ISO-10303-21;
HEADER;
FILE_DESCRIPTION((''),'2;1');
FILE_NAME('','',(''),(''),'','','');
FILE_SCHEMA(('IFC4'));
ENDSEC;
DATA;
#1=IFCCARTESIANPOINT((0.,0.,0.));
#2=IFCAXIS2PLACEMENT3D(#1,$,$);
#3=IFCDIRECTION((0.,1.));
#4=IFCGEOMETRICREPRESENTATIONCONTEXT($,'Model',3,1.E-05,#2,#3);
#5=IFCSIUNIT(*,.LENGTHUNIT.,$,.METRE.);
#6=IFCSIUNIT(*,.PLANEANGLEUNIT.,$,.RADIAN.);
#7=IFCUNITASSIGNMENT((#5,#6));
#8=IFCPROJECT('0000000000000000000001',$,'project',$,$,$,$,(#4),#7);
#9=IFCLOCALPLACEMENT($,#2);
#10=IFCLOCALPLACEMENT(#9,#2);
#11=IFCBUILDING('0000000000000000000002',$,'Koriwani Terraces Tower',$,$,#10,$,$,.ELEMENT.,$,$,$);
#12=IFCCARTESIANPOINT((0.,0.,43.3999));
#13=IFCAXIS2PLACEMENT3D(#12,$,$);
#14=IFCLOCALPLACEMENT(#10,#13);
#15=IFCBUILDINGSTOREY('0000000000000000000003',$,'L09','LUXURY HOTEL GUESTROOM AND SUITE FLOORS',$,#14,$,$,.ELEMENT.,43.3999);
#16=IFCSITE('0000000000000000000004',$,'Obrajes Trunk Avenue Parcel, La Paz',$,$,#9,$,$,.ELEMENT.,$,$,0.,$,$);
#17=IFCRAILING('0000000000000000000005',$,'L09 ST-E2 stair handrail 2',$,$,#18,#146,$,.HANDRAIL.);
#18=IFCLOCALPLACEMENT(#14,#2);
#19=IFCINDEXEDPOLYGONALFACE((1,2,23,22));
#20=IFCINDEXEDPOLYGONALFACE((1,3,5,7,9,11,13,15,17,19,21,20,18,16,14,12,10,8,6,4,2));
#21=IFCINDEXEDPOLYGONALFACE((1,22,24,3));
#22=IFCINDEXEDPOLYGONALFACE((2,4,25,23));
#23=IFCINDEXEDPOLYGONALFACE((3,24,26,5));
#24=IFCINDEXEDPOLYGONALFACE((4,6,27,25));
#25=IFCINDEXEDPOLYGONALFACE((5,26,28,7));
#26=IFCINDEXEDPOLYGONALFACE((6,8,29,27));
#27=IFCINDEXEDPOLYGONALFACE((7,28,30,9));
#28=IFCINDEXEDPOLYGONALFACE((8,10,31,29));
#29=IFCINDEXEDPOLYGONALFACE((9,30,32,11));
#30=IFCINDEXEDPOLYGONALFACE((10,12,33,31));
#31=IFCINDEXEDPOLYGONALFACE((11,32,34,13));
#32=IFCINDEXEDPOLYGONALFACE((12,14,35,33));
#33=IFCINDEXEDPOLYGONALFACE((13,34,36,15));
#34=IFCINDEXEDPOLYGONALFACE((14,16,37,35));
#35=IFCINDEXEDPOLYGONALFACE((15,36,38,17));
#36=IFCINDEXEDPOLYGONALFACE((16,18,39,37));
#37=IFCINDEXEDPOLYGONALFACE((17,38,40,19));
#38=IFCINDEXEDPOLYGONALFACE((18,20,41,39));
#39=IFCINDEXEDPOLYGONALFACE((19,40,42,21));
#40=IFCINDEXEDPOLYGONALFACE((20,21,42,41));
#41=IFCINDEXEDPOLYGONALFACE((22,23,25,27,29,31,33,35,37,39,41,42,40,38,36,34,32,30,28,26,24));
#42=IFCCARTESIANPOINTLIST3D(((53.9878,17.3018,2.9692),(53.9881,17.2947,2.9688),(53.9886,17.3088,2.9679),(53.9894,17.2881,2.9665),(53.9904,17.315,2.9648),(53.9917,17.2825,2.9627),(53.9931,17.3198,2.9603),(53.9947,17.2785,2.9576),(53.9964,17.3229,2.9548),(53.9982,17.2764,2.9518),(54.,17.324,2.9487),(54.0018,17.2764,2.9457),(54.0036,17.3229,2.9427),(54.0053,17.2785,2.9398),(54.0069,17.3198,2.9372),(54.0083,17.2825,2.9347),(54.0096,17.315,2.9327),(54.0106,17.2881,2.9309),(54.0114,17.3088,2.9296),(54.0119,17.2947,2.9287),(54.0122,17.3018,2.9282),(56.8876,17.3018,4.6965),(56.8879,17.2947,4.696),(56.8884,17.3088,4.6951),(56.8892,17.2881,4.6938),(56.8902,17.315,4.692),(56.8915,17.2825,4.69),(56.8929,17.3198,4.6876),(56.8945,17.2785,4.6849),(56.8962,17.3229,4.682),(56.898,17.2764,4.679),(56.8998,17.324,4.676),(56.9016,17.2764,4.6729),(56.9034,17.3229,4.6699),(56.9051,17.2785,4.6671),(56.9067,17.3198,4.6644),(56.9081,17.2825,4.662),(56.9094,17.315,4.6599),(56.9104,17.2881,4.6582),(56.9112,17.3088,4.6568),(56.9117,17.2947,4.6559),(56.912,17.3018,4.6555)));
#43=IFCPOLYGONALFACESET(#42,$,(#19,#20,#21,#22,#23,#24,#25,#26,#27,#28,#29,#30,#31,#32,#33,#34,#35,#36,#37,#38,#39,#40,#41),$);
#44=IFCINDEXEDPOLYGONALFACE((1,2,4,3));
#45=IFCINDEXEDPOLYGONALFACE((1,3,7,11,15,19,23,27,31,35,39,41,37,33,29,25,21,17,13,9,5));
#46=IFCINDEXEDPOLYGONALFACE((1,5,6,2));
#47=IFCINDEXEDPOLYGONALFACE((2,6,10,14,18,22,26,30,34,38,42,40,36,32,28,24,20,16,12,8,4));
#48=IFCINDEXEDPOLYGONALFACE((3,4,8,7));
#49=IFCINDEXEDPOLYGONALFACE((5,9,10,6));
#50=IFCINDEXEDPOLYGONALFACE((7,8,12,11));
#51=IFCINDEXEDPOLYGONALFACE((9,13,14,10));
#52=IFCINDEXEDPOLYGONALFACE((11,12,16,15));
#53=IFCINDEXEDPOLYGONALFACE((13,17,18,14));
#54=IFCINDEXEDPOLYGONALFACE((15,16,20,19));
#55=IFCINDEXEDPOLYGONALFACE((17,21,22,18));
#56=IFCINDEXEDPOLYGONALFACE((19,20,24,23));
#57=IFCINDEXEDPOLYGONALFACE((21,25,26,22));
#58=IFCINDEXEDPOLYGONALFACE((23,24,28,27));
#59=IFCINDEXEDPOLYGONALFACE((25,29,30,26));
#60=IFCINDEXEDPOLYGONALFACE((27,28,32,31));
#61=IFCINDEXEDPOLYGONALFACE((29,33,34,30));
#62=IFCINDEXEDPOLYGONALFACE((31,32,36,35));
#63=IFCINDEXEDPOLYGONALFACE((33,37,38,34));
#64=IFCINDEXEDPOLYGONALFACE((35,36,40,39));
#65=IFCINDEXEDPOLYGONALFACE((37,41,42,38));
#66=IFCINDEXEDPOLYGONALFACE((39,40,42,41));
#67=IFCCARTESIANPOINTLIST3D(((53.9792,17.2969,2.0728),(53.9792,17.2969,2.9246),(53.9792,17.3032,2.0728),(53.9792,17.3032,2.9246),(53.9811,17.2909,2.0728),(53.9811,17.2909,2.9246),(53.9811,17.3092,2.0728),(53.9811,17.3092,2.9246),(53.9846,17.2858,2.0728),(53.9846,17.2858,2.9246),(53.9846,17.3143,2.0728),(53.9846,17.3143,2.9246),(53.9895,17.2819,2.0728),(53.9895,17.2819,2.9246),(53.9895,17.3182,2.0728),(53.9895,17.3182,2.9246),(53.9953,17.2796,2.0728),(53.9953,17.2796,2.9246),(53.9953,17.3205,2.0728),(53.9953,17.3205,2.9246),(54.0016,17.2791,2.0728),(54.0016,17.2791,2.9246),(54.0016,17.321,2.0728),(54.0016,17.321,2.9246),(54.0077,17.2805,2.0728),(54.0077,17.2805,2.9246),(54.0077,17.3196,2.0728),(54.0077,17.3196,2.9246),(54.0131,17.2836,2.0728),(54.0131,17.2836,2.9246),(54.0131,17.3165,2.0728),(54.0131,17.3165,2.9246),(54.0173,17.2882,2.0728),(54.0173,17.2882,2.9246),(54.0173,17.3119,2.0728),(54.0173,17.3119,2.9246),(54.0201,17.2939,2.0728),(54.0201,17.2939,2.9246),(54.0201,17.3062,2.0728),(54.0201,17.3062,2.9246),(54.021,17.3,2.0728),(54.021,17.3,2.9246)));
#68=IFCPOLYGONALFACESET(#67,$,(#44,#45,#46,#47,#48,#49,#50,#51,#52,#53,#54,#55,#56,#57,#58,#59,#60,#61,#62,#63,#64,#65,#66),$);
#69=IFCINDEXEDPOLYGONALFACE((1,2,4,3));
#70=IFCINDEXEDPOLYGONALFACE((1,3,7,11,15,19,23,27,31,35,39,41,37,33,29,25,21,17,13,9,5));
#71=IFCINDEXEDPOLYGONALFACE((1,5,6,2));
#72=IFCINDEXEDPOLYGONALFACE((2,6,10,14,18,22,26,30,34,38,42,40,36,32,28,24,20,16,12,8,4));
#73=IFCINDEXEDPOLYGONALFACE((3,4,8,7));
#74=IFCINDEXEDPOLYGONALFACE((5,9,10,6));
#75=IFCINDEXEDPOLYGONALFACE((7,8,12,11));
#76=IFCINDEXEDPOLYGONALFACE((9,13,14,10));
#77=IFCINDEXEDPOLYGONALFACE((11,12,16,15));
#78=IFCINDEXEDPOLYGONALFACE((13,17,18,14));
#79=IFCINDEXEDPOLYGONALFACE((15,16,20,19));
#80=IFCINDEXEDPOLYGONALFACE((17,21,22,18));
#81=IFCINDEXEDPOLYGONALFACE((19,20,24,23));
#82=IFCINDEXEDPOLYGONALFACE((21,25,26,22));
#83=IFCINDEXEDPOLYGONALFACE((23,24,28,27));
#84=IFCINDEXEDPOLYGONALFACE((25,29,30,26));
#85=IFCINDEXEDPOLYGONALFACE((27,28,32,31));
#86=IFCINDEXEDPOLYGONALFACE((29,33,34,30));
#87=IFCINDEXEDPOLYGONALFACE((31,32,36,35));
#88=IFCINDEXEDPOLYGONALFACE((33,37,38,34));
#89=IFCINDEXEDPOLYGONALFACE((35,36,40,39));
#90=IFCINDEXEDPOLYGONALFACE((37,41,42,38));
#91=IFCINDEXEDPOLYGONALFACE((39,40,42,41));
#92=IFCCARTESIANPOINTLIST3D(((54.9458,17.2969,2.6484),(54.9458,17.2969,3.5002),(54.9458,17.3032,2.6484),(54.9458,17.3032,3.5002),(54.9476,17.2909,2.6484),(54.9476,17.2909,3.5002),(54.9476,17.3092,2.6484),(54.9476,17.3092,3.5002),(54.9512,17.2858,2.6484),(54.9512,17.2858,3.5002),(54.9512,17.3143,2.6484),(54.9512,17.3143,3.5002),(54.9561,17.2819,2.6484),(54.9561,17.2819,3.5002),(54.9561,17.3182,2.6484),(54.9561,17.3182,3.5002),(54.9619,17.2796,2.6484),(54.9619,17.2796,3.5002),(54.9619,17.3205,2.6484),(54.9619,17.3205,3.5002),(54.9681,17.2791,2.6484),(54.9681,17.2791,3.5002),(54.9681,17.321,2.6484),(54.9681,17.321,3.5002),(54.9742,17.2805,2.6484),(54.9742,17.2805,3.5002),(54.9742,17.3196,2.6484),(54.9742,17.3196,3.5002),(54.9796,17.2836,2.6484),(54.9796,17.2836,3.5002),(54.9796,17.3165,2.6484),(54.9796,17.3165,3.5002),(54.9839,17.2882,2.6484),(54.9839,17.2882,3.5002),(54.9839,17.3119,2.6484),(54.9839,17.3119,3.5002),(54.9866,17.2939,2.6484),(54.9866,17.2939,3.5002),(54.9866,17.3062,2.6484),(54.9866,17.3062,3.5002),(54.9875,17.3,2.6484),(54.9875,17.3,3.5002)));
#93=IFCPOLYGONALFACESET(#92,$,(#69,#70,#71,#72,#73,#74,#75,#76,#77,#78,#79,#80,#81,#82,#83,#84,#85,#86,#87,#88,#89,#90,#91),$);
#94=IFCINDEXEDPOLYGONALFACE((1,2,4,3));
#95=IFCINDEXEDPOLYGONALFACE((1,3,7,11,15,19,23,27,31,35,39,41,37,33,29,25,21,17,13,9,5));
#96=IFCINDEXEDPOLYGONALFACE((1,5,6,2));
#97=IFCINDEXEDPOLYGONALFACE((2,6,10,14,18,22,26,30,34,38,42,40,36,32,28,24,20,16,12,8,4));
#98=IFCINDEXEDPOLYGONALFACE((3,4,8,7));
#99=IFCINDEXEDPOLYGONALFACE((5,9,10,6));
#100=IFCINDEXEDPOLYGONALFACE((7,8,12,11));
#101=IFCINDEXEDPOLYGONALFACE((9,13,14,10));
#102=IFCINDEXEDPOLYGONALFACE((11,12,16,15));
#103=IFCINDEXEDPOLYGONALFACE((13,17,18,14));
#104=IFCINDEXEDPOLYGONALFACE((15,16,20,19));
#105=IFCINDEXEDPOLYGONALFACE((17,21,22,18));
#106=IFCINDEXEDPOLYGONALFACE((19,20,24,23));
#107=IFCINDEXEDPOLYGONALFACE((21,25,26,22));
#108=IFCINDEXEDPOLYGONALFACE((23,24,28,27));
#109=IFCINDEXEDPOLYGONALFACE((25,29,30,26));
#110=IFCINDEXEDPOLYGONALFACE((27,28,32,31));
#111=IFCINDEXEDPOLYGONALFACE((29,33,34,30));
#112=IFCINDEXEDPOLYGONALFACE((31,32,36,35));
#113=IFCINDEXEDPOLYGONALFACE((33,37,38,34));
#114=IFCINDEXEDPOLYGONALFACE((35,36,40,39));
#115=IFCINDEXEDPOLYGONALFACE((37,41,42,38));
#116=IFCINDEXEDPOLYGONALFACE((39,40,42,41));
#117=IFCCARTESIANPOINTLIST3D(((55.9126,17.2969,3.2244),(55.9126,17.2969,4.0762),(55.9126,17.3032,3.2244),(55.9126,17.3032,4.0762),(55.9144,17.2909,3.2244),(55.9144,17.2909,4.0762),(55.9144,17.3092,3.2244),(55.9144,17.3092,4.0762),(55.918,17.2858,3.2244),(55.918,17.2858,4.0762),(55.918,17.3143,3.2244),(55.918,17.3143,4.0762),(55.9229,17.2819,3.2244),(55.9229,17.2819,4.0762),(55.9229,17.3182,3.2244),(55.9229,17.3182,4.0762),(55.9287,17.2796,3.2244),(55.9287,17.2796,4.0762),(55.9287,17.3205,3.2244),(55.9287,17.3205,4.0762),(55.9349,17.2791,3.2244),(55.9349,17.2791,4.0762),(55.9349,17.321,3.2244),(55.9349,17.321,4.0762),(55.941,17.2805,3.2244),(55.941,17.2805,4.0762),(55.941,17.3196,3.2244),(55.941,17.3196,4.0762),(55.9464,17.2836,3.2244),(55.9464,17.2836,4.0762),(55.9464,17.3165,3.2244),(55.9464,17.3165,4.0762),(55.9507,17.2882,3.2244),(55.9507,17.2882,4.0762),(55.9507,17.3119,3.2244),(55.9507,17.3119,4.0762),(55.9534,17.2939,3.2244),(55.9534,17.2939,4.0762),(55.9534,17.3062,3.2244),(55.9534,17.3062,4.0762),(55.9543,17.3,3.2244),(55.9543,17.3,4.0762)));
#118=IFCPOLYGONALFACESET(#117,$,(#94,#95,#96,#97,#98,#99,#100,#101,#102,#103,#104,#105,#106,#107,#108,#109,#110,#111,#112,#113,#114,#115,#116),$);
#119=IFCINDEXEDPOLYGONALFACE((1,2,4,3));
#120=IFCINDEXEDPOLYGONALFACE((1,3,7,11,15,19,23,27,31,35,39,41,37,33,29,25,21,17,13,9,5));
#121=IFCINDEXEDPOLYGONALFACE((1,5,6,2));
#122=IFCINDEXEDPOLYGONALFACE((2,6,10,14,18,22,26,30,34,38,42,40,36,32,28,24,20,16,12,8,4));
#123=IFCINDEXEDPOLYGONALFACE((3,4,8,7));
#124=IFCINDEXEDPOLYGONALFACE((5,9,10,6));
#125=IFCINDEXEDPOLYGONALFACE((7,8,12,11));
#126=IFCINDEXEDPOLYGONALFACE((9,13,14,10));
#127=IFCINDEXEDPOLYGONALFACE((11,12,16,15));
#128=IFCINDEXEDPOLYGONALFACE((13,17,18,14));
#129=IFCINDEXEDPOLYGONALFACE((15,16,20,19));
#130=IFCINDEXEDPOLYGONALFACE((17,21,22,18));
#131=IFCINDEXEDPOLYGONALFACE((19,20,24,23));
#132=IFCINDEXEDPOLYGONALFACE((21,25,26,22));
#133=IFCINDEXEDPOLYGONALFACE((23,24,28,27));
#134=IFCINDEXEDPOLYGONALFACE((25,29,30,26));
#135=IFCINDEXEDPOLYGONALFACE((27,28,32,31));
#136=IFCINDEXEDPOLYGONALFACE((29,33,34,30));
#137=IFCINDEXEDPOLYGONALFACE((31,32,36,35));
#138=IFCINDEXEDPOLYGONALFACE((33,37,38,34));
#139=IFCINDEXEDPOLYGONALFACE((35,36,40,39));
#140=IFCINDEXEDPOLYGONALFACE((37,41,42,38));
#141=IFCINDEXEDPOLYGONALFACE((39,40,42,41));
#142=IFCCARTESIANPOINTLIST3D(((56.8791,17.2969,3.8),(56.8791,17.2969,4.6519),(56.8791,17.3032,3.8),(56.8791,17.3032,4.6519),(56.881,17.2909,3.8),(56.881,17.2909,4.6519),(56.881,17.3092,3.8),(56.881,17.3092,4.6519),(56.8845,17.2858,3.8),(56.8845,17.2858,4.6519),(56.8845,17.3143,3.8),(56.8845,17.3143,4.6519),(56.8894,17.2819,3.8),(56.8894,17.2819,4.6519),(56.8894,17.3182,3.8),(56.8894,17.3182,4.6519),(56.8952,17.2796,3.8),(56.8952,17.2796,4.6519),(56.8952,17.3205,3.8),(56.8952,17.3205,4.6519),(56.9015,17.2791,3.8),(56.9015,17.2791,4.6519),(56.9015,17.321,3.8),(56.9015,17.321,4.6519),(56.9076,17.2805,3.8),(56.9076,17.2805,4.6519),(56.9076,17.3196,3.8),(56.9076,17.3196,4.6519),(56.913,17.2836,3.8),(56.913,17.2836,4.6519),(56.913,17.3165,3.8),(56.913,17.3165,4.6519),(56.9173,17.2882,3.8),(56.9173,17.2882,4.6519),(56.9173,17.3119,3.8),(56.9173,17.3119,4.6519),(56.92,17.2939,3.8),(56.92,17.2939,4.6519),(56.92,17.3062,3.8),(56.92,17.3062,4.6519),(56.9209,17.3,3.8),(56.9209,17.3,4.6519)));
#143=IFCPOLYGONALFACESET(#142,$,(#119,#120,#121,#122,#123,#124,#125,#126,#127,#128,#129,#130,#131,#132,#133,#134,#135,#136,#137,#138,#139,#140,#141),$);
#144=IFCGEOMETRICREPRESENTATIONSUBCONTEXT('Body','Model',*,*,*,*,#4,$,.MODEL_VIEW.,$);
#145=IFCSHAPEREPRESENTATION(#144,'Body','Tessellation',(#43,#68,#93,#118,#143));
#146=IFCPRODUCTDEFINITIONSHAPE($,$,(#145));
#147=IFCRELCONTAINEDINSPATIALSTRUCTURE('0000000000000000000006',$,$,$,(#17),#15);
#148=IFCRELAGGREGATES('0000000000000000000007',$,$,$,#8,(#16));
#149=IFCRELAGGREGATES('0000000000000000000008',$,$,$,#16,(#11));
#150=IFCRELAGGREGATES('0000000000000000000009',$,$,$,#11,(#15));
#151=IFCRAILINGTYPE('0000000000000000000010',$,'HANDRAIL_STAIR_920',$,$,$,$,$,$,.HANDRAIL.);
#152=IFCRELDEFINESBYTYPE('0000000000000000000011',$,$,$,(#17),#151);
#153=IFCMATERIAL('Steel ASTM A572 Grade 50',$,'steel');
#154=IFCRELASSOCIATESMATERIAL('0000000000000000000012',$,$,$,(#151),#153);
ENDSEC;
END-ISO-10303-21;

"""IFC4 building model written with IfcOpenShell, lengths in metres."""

from ifc_helpers import new_model, si_unit, direction, frame, origin, origin_2d, place, context, subcontext, project, spatial, circle, extrude, material, type_object, element, save


model = new_model("IFC4")

# Units and contexts
model_context = context("Model", 3, precision=1e-05, world=origin(), true_north=direction((0.0, 1.0)))
body_context = subcontext(model_context, "Body", "Model", "MODEL_VIEW")
ifc_project = project(units=[si_unit("LENGTHUNIT", "METRE"), si_unit("PLANEANGLEUNIT", "RADIAN")], contexts=[model_context])

# Site, building, storey
site_placement = place(None, origin())
site = spatial("IfcSite", under=ifc_project, at=site_placement, Name="Obrajes Trunk Avenue Parcel, La Paz", CompositionType="ELEMENT", RefElevation=0.0)
building_placement = place(site_placement, origin())
building = spatial("IfcBuilding", under=site, at=building_placement, Name="Koriwani Terraces Tower", CompositionType="ELEMENT")
storey_placement = place(building_placement, frame((0.0, 0.0, 43.3999)))
storey = spatial("IfcBuildingStorey", under=building, at=storey_placement, Name="L09", Description="LUXURY HOTEL GUESTROOM AND SUITE FLOORS", CompositionType="ELEMENT", Elevation=43.3999)

# Shared definitions
ifc_material_1 = material(Name="Steel ASTM A572 Grade 50", Category="steel")

# Railing
railing_type_1 = type_object("IfcRailingType", Name="HANDRAIL_STAIR_920", PredefinedType="HANDRAIL", material=ifc_material_1)
railing_1_placement = place(storey_placement, frame((54.0, 17.3, 2.0728)))
element("IfcRailing", 1, at=railing_1_placement, inside=storey, type_object=railing_type_1, Name="L09 ST-E2 stair handrail 2", PredefinedType="HANDRAIL", context=body_context, shape_type="SweptSolid", body=[
    extrude(circle(Radius=0.0239, at=origin_2d()), frame((0.0, 0.0, 0.876), z_axis=(0.859141, 0.0, 0.511738), x_axis=(0.0, 1.0, 0.0)), (0.0, 0.0, 1.0), 3.3752),
    extrude(circle(Radius=0.021, at=origin_2d()), origin(), (0.0, 0.0, 1.0), 0.8518),
    extrude(circle(Radius=0.021, at=origin_2d()), frame((0.9666, 0.0, 0.5757)), (0.0, 0.0, 1.0), 0.8518),
    extrude(circle(Radius=0.021, at=origin_2d()), frame((1.9333, 0.0, 1.1516)), (0.0, 0.0, 1.0), 0.8518),
    extrude(circle(Radius=0.021, at=origin_2d()), frame((2.8999, 0.0, 1.7273)), (0.0, 0.0, 1.0), 0.8518),
])

save(model, "model.ifc")
